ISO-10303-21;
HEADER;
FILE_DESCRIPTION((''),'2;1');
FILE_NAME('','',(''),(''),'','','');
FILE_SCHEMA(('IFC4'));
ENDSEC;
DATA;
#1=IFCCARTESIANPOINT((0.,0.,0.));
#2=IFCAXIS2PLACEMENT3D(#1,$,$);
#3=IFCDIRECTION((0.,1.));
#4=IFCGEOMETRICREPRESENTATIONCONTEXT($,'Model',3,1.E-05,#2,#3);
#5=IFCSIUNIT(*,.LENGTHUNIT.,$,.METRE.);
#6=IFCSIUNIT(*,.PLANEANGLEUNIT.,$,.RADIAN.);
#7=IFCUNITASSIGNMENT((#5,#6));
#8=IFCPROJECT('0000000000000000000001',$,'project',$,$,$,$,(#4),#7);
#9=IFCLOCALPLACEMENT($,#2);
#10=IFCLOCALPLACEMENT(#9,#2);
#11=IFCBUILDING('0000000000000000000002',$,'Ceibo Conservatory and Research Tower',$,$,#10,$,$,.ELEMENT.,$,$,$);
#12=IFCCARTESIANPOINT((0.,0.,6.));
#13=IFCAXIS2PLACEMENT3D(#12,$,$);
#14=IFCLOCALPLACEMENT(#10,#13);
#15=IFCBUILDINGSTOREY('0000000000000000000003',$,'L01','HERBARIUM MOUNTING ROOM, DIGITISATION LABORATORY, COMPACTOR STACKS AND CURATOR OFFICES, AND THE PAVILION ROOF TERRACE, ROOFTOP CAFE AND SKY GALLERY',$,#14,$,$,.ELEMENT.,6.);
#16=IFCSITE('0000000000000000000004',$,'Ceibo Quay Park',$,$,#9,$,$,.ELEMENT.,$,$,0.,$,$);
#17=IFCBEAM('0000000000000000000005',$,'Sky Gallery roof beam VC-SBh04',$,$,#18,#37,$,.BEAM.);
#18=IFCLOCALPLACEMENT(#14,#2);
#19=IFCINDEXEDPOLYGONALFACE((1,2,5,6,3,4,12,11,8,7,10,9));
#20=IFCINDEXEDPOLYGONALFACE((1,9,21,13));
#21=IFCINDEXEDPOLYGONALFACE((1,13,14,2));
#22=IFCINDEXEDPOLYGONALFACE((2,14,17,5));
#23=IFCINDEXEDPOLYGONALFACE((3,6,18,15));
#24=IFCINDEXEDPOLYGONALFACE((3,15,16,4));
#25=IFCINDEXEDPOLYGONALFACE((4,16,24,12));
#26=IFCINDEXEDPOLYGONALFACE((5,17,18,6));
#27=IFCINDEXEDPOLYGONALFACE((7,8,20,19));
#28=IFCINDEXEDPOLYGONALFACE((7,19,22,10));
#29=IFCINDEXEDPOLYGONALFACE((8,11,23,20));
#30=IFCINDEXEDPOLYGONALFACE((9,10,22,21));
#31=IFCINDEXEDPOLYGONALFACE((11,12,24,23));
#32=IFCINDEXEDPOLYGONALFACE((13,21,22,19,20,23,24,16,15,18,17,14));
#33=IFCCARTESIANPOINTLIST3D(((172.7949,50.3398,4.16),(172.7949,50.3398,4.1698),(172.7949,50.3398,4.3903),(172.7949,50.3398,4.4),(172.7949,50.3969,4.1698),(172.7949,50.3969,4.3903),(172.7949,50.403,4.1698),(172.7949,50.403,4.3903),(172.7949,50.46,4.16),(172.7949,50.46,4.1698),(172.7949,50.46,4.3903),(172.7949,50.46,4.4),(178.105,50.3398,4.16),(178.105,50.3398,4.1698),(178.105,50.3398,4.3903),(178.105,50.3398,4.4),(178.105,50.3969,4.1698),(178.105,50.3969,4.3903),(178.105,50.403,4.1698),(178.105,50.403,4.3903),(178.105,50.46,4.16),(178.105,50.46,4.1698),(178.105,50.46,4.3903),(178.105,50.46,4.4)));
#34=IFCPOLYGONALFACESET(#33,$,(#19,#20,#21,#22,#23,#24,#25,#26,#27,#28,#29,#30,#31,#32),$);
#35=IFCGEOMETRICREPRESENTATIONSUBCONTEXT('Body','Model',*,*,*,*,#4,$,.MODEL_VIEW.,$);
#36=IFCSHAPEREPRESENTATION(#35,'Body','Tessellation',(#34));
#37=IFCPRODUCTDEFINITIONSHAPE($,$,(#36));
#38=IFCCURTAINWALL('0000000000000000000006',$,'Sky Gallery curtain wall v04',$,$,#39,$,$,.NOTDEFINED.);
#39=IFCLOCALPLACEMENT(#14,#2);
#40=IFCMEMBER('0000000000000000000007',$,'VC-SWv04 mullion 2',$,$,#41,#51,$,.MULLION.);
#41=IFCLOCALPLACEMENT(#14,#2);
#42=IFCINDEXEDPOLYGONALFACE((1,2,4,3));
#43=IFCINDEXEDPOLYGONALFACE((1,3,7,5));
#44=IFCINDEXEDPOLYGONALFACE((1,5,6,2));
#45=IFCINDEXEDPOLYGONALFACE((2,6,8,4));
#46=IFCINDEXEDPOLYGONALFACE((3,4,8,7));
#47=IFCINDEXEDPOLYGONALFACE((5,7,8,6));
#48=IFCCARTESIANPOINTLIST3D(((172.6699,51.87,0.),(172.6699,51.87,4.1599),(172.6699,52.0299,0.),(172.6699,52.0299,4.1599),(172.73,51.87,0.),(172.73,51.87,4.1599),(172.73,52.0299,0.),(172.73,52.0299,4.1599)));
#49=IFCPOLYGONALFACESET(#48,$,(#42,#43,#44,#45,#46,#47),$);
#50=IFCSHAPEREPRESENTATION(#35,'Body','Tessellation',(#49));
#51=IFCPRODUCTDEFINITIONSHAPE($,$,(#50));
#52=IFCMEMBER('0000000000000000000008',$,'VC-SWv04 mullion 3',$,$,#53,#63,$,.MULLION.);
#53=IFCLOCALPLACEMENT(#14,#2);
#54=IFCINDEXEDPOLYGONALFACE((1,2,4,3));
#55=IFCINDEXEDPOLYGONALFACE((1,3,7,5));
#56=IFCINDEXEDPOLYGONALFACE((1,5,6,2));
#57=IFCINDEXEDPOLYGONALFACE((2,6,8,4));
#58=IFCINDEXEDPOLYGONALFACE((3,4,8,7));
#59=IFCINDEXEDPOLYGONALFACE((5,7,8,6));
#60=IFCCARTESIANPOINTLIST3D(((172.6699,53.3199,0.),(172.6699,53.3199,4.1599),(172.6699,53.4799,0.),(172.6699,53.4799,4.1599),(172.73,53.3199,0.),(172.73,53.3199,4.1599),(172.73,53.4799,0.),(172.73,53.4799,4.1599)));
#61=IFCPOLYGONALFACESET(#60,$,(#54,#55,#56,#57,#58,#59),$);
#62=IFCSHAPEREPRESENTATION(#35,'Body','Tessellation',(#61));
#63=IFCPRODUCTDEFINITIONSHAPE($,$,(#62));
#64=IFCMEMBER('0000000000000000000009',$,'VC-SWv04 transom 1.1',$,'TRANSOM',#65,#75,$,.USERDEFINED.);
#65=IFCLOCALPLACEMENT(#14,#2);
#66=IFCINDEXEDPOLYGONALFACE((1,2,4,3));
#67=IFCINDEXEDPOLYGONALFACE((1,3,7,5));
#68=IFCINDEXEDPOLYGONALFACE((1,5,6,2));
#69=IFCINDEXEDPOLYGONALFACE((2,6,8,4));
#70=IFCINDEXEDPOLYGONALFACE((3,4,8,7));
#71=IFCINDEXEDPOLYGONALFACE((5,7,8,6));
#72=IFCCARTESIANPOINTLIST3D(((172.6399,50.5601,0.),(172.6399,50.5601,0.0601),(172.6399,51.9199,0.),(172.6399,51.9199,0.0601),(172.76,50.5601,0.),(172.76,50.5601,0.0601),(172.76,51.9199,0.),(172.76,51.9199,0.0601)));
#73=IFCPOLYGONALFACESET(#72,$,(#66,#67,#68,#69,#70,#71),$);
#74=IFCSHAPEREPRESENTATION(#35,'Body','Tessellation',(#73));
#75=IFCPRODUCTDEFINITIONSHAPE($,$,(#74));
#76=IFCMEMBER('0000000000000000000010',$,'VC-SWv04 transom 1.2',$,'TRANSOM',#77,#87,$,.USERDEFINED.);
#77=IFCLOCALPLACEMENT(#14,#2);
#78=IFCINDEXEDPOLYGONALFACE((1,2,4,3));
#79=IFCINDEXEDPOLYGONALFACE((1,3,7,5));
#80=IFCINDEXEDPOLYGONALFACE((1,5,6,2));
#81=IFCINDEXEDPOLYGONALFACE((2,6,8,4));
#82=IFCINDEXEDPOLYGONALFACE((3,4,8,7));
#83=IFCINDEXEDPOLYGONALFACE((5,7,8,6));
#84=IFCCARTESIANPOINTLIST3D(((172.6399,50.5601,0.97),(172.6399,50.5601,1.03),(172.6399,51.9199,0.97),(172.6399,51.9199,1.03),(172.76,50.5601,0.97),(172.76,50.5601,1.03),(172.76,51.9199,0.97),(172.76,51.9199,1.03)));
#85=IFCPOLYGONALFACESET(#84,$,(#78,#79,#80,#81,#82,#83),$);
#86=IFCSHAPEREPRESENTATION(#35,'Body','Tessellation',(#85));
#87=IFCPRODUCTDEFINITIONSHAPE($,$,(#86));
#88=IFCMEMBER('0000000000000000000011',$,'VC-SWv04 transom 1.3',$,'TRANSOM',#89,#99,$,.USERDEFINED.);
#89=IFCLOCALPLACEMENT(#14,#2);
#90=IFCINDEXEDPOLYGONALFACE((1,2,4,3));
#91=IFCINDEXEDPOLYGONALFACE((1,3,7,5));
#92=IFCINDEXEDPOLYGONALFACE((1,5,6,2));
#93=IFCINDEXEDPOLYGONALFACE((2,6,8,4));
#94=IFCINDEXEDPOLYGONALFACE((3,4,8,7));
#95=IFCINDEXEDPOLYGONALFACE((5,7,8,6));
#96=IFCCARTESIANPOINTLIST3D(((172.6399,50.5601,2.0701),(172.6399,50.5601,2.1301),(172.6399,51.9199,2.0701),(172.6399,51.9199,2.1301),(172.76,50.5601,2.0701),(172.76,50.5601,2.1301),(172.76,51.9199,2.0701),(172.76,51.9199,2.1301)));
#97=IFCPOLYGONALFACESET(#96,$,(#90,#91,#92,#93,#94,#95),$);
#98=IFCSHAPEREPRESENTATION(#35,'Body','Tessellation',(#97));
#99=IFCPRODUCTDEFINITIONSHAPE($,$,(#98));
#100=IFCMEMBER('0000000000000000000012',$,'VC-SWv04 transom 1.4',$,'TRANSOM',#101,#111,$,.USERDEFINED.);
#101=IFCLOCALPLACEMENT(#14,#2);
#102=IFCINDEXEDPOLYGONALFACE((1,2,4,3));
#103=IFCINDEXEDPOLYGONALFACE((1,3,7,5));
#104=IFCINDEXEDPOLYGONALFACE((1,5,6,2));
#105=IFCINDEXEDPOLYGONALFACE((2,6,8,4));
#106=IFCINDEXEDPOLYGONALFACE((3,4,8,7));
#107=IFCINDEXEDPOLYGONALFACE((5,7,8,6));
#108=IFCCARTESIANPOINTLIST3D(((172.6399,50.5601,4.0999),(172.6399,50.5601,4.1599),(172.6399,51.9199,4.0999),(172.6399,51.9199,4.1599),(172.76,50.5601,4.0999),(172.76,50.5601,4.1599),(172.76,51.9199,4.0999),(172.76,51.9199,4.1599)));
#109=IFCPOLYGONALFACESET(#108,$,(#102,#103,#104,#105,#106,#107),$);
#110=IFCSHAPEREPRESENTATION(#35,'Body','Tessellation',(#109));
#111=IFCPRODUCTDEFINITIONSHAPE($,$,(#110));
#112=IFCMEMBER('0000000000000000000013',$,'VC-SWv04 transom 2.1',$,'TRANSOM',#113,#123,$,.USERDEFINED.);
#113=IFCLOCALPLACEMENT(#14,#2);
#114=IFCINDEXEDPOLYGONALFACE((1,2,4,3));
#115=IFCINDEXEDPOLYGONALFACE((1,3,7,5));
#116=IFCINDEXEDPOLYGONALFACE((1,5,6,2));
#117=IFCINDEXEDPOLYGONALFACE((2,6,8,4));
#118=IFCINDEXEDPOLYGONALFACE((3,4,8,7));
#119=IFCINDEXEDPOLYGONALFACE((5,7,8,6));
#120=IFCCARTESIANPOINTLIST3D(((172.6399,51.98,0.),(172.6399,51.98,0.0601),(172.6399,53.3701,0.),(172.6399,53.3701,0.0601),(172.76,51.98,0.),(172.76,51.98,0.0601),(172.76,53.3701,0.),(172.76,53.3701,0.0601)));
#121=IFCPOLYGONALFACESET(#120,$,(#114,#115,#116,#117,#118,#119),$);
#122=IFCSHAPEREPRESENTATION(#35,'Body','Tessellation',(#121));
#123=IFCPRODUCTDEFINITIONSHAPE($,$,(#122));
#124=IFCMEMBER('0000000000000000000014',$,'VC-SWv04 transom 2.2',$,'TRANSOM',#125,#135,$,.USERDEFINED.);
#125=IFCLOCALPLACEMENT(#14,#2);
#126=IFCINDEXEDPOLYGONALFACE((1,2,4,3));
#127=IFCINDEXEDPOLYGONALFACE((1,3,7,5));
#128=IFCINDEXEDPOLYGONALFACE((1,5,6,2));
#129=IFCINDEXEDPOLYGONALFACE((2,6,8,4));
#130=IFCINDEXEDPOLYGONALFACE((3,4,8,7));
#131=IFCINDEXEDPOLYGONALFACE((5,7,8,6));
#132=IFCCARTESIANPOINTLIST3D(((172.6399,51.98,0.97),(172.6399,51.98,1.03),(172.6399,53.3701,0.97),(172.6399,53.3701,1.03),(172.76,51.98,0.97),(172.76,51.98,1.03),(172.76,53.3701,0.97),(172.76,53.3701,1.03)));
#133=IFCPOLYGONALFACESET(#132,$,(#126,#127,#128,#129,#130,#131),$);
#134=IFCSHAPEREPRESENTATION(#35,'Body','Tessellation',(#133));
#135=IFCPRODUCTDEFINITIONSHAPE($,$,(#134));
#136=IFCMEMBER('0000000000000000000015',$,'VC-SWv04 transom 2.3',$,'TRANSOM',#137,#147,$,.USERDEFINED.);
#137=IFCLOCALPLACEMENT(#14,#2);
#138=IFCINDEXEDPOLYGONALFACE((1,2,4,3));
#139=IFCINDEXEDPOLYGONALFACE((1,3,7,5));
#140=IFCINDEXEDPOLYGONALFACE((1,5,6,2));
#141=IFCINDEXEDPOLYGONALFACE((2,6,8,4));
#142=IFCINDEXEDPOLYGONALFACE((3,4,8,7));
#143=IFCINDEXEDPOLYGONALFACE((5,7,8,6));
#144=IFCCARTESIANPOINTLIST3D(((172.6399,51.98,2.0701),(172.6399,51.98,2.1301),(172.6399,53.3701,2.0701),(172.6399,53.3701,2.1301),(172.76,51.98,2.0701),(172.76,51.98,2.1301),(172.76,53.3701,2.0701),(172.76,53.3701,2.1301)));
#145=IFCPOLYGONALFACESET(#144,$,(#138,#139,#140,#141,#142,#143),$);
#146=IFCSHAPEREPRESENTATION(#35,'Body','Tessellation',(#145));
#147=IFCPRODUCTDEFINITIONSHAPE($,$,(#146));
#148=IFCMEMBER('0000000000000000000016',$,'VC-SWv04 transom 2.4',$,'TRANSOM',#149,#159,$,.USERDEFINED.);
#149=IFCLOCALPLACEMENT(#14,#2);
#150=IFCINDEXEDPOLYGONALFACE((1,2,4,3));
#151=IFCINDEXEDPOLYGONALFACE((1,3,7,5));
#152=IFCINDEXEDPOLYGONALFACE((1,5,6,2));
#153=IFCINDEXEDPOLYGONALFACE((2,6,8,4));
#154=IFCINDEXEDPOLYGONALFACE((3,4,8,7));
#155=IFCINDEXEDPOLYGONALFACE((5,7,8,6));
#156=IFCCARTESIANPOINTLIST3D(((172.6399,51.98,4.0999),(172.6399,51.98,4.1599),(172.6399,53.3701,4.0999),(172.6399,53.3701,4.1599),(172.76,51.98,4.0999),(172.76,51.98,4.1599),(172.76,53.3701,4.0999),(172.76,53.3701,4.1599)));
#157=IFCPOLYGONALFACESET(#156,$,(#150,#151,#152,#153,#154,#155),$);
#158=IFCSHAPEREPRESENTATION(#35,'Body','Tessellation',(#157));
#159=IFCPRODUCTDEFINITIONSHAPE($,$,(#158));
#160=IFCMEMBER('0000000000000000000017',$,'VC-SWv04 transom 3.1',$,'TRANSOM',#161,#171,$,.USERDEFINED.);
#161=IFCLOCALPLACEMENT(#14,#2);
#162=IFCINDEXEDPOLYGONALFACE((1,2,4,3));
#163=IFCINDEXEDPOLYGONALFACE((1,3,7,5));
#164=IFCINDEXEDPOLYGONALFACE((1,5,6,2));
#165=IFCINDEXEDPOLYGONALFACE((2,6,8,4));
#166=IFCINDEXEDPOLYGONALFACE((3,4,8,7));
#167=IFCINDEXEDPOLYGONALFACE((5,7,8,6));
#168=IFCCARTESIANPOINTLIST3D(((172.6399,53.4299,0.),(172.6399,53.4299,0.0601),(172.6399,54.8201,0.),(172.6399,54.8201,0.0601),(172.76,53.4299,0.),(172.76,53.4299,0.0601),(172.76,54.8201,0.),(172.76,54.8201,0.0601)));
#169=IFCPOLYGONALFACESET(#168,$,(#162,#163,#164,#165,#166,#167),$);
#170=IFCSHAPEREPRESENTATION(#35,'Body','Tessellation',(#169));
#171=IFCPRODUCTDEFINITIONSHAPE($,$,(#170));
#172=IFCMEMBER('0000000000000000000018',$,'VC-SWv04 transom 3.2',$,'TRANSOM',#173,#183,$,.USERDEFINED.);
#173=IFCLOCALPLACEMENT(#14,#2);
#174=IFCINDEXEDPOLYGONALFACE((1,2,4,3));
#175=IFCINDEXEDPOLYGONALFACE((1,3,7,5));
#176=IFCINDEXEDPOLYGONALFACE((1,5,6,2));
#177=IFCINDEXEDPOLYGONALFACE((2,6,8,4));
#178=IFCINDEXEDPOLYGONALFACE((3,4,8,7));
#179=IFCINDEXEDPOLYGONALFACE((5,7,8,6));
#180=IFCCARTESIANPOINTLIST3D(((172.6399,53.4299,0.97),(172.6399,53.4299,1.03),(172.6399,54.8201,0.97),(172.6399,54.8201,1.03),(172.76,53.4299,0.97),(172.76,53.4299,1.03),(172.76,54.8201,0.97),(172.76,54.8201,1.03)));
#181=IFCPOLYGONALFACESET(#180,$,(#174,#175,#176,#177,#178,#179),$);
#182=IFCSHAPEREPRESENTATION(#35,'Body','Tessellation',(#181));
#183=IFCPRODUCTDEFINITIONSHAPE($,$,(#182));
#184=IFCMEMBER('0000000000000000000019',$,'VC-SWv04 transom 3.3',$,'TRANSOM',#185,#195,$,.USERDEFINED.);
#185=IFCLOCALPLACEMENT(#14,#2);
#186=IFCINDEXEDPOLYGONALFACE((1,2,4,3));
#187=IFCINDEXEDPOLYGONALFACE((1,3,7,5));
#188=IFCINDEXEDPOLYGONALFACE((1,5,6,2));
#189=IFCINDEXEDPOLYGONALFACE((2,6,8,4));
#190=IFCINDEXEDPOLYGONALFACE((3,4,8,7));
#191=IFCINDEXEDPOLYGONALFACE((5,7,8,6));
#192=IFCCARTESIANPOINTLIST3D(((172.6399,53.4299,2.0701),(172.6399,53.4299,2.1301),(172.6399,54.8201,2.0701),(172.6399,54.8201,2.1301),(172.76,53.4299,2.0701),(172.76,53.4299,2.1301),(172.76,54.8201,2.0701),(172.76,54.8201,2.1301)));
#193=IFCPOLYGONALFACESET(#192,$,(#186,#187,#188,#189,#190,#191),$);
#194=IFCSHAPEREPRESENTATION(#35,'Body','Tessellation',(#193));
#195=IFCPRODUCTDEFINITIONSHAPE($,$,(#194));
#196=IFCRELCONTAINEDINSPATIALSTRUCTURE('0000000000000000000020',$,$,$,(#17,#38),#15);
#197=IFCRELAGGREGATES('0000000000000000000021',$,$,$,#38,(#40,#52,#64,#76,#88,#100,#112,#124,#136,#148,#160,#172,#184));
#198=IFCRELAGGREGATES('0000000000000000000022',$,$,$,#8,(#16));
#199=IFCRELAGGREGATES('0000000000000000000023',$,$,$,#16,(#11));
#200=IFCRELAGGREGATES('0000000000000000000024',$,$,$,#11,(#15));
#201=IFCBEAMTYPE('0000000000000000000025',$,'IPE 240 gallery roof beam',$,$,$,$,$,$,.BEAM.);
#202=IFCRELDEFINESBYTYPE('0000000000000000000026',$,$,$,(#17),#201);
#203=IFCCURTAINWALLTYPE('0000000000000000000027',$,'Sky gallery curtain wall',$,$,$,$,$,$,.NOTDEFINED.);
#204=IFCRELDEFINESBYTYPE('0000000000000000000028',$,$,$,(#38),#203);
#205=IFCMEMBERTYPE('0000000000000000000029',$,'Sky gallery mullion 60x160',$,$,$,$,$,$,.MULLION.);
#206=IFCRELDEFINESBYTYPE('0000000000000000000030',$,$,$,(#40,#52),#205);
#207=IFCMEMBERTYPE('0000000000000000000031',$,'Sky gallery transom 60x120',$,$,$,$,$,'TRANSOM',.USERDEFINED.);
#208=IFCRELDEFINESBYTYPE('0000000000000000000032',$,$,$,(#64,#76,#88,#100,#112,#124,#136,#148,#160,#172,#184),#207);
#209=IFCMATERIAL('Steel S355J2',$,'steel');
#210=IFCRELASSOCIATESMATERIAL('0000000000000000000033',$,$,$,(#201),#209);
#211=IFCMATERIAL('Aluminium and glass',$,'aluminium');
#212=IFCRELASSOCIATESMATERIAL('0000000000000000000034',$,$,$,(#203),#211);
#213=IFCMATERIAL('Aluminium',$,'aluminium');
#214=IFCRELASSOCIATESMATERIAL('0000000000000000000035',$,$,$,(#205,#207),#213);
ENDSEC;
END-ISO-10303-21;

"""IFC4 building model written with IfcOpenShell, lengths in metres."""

from ifc_helpers import new_model, si_unit, direction, frame, origin, origin_2d, place, context, subcontext, project, spatial, rectangle, i_section, extrude, material, material_profile, profile_set, type_object, element, aggregate, save


model = new_model("IFC4")

# Units and contexts
model_context = context("Model", 3, precision=1e-05, world=origin(), true_north=direction((0.0, 1.0)))
body_context = subcontext(model_context, "Body", "Model", "MODEL_VIEW")
ifc_project = project(units=[si_unit("LENGTHUNIT", "METRE"), si_unit("PLANEANGLEUNIT", "RADIAN")], contexts=[model_context])

# Site, building, storey
site_placement = place(None, origin())
site = spatial("IfcSite", under=ifc_project, at=site_placement, Name="Ceibo Quay Park", CompositionType="ELEMENT", RefElevation=0.0)
building_placement = place(site_placement, origin())
building = spatial("IfcBuilding", under=site, at=building_placement, Name="Ceibo Conservatory and Research Tower", CompositionType="ELEMENT")
storey_placement = place(building_placement, frame((0.0, 0.0, 6.0)))
storey = spatial("IfcBuildingStorey", under=building, at=storey_placement, Name="L01", Description="HERBARIUM MOUNTING ROOM, DIGITISATION LABORATORY, COMPACTOR STACKS AND CURATOR OFFICES, AND THE PAVILION ROOF TERRACE, ROOFTOP CAFE AND SKY GALLERY", CompositionType="ELEMENT", Elevation=6.0)

# Beam
ifc_material_1 = material(Name="Steel S355J2", Category="steel")
ifc_material_profile_1 = material_profile(ifc_material_1, i_section(OverallWidth=0.1201, OverallDepth=0.24, WebThickness=0.0061, FlangeThickness=0.0098, at=origin_2d()), Name="IPE 240")
ifc_profile_set_1 = profile_set([ifc_material_profile_1], Name="Steel S355J2")
beam_type = type_object("IfcBeamType", Name="IPE 240 gallery roof beam", PredefinedType="BEAM", material=ifc_profile_set_1)
beam_placement = place(storey_placement, frame((172.7949, 50.3999, 4.28), z_axis=(1.0, 0.0, 0.0), x_axis=(0.0, 1.0, 0.0)))
element("IfcBeam", 1, at=beam_placement, inside=storey, type_object=beam_type, Name="Sky Gallery roof beam VC-SBh04", PredefinedType="BEAM", context=body_context, shape_type="SweptSolid", body=[
    extrude(i_section(OverallWidth=0.1201, OverallDepth=0.24, WebThickness=0.0061, FlangeThickness=0.0098, at=origin_2d()), origin(), (0.0, 0.0, 1.0), 5.3101),
])

# Curtain wall, members
ifc_material_2 = material(Name="Aluminium and glass", Category="aluminium")
curtain_wall_type = type_object("IfcCurtainWallType", Name="Sky gallery curtain wall", PredefinedType="NOTDEFINED", material=ifc_material_2)
curtain_wall_placement = place(storey_placement, origin())
curtain_wall = element("IfcCurtainWall", 2, at=curtain_wall_placement, inside=storey, type_object=curtain_wall_type, Name="Sky Gallery curtain wall v04", PredefinedType="NOTDEFINED")
ifc_material_3 = material(Name="Aluminium", Category="aluminium")
ifc_material_profile_2 = material_profile(ifc_material_3, rectangle(XDim=0.0601, YDim=0.1599, at=origin_2d()), Name="AL 60x160")
ifc_profile_set_2 = profile_set([ifc_material_profile_2], Name="Aluminium")
member_type_1 = type_object("IfcMemberType", Name="Sky gallery mullion 60x160", PredefinedType="MULLION", material=ifc_profile_set_2)
member_1_placement = place(storey_placement, frame((172.7, 51.95, 0.0), z_axis=(0.0, 0.0, 1.0), x_axis=(-1.0, 0.0, 0.0)))
member_1 = element("IfcMember", 3, at=member_1_placement, type_object=member_type_1, Name="VC-SWv04 mullion 2", PredefinedType="MULLION", context=body_context, shape_type="SweptSolid", body=[
    extrude(rectangle(XDim=0.0601, YDim=0.1599, at=origin_2d()), origin(), (0.0, 0.0, 1.0), 4.1599),
])
member_2_placement = place(storey_placement, frame((172.7, 53.3999, 0.0), z_axis=(0.0, 0.0, 1.0), x_axis=(-1.0, 0.0, 0.0)))
member_2 = element("IfcMember", 4, at=member_2_placement, type_object=member_type_1, Name="VC-SWv04 mullion 3", PredefinedType="MULLION", context=body_context, shape_type="SweptSolid", body=[
    extrude(rectangle(XDim=0.0601, YDim=0.1599, at=origin_2d()), origin(), (0.0, 0.0, 1.0), 4.1599),
])
ifc_material_profile_3 = material_profile(ifc_material_3, rectangle(XDim=0.1201, YDim=0.0601, at=origin_2d()), Name="AL 60x120")
ifc_profile_set_3 = profile_set([ifc_material_profile_3], Name="Aluminium")
member_type_2 = type_object("IfcMemberType", Name="Sky gallery transom 60x120", ElementType="TRANSOM", PredefinedType="USERDEFINED", material=ifc_profile_set_3)
member_3_placement = place(storey_placement, frame((172.7, 50.5601, 0.03), z_axis=(0.0, 1.0, 0.0), x_axis=(-1.0, 0.0, 0.0)))
member_3 = element("IfcMember", 5, at=member_3_placement, type_object=member_type_2, Name="VC-SWv04 transom 1.1", ObjectType="TRANSOM", PredefinedType="USERDEFINED", context=body_context, shape_type="SweptSolid", body=[
    extrude(rectangle(XDim=0.1201, YDim=0.0601, at=origin_2d()), origin(), (0.0, 0.0, 1.0), 1.3599),
])
member_4_placement = place(storey_placement, frame((172.7, 50.5601, 1.0), z_axis=(0.0, 1.0, 0.0), x_axis=(-1.0, 0.0, 0.0)))
member_4 = element("IfcMember", 6, at=member_4_placement, type_object=member_type_2, Name="VC-SWv04 transom 1.2", ObjectType="TRANSOM", PredefinedType="USERDEFINED", context=body_context, shape_type="SweptSolid", body=[
    extrude(rectangle(XDim=0.1201, YDim=0.0601, at=origin_2d()), origin(), (0.0, 0.0, 1.0), 1.3599),
])
member_5_placement = place(storey_placement, frame((172.7, 50.5601, 2.1001), z_axis=(0.0, 1.0, 0.0), x_axis=(-1.0, 0.0, 0.0)))
member_5 = element("IfcMember", 7, at=member_5_placement, type_object=member_type_2, Name="VC-SWv04 transom 1.3", ObjectType="TRANSOM", PredefinedType="USERDEFINED", context=body_context, shape_type="SweptSolid", body=[
    extrude(rectangle(XDim=0.1201, YDim=0.0601, at=origin_2d()), origin(), (0.0, 0.0, 1.0), 1.3599),
])
member_6_placement = place(storey_placement, frame((172.7, 50.5601, 4.1299), z_axis=(0.0, 1.0, 0.0), x_axis=(-1.0, 0.0, 0.0)))
member_6 = element("IfcMember", 8, at=member_6_placement, type_object=member_type_2, Name="VC-SWv04 transom 1.4", ObjectType="TRANSOM", PredefinedType="USERDEFINED", context=body_context, shape_type="SweptSolid", body=[
    extrude(rectangle(XDim=0.1201, YDim=0.0601, at=origin_2d()), origin(), (0.0, 0.0, 1.0), 1.3599),
])
member_7_placement = place(storey_placement, frame((172.7, 51.98, 0.03), z_axis=(0.0, 1.0, 0.0), x_axis=(-1.0, 0.0, 0.0)))
member_7 = element("IfcMember", 9, at=member_7_placement, type_object=member_type_2, Name="VC-SWv04 transom 2.1", ObjectType="TRANSOM", PredefinedType="USERDEFINED", context=body_context, shape_type="SweptSolid", body=[
    extrude(rectangle(XDim=0.1201, YDim=0.0601, at=origin_2d()), origin(), (0.0, 0.0, 1.0), 1.3901),
])
member_8_placement = place(storey_placement, frame((172.7, 51.98, 1.0), z_axis=(0.0, 1.0, 0.0), x_axis=(-1.0, 0.0, 0.0)))
member_8 = element("IfcMember", 10, at=member_8_placement, type_object=member_type_2, Name="VC-SWv04 transom 2.2", ObjectType="TRANSOM", PredefinedType="USERDEFINED", context=body_context, shape_type="SweptSolid", body=[
    extrude(rectangle(XDim=0.1201, YDim=0.0601, at=origin_2d()), origin(), (0.0, 0.0, 1.0), 1.3901),
])
member_9_placement = place(storey_placement, frame((172.7, 51.98, 2.1001), z_axis=(0.0, 1.0, 0.0), x_axis=(-1.0, 0.0, 0.0)))
member_9 = element("IfcMember", 11, at=member_9_placement, type_object=member_type_2, Name="VC-SWv04 transom 2.3", ObjectType="TRANSOM", PredefinedType="USERDEFINED", context=body_context, shape_type="SweptSolid", body=[
    extrude(rectangle(XDim=0.1201, YDim=0.0601, at=origin_2d()), origin(), (0.0, 0.0, 1.0), 1.3901),
])
member_10_placement = place(storey_placement, frame((172.7, 51.98, 4.1299), z_axis=(0.0, 1.0, 0.0), x_axis=(-1.0, 0.0, 0.0)))
member_10 = element("IfcMember", 12, at=member_10_placement, type_object=member_type_2, Name="VC-SWv04 transom 2.4", ObjectType="TRANSOM", PredefinedType="USERDEFINED", context=body_context, shape_type="SweptSolid", body=[
    extrude(rectangle(XDim=0.1201, YDim=0.0601, at=origin_2d()), origin(), (0.0, 0.0, 1.0), 1.3901),
])
member_11_placement = place(storey_placement, frame((172.7, 53.4299, 0.03), z_axis=(0.0, 1.0, 0.0), x_axis=(-1.0, 0.0, 0.0)))
member_11 = element("IfcMember", 13, at=member_11_placement, type_object=member_type_2, Name="VC-SWv04 transom 3.1", ObjectType="TRANSOM", PredefinedType="USERDEFINED", context=body_context, shape_type="SweptSolid", body=[
    extrude(rectangle(XDim=0.1201, YDim=0.0601, at=origin_2d()), origin(), (0.0, 0.0, 1.0), 1.3901),
])
member_12_placement = place(storey_placement, frame((172.7, 53.4299, 1.0), z_axis=(0.0, 1.0, 0.0), x_axis=(-1.0, 0.0, 0.0)))
member_12 = element("IfcMember", 14, at=member_12_placement, type_object=member_type_2, Name="VC-SWv04 transom 3.2", ObjectType="TRANSOM", PredefinedType="USERDEFINED", context=body_context, shape_type="SweptSolid", body=[
    extrude(rectangle(XDim=0.1201, YDim=0.0601, at=origin_2d()), origin(), (0.0, 0.0, 1.0), 1.3901),
])
member_13_placement = place(storey_placement, frame((172.7, 53.4299, 2.1001), z_axis=(0.0, 1.0, 0.0), x_axis=(-1.0, 0.0, 0.0)))
member_13 = element("IfcMember", 15, at=member_13_placement, type_object=member_type_2, Name="VC-SWv04 transom 3.3", ObjectType="TRANSOM", PredefinedType="USERDEFINED", context=body_context, shape_type="SweptSolid", body=[
    extrude(rectangle(XDim=0.1201, YDim=0.0601, at=origin_2d()), origin(), (0.0, 0.0, 1.0), 1.3901),
])
aggregate(curtain_wall, [member_1, member_2, member_3, member_4, member_5, member_6, member_7, member_8, member_9, member_10, member_11, member_12, member_13])

save(model, "model.ifc")
